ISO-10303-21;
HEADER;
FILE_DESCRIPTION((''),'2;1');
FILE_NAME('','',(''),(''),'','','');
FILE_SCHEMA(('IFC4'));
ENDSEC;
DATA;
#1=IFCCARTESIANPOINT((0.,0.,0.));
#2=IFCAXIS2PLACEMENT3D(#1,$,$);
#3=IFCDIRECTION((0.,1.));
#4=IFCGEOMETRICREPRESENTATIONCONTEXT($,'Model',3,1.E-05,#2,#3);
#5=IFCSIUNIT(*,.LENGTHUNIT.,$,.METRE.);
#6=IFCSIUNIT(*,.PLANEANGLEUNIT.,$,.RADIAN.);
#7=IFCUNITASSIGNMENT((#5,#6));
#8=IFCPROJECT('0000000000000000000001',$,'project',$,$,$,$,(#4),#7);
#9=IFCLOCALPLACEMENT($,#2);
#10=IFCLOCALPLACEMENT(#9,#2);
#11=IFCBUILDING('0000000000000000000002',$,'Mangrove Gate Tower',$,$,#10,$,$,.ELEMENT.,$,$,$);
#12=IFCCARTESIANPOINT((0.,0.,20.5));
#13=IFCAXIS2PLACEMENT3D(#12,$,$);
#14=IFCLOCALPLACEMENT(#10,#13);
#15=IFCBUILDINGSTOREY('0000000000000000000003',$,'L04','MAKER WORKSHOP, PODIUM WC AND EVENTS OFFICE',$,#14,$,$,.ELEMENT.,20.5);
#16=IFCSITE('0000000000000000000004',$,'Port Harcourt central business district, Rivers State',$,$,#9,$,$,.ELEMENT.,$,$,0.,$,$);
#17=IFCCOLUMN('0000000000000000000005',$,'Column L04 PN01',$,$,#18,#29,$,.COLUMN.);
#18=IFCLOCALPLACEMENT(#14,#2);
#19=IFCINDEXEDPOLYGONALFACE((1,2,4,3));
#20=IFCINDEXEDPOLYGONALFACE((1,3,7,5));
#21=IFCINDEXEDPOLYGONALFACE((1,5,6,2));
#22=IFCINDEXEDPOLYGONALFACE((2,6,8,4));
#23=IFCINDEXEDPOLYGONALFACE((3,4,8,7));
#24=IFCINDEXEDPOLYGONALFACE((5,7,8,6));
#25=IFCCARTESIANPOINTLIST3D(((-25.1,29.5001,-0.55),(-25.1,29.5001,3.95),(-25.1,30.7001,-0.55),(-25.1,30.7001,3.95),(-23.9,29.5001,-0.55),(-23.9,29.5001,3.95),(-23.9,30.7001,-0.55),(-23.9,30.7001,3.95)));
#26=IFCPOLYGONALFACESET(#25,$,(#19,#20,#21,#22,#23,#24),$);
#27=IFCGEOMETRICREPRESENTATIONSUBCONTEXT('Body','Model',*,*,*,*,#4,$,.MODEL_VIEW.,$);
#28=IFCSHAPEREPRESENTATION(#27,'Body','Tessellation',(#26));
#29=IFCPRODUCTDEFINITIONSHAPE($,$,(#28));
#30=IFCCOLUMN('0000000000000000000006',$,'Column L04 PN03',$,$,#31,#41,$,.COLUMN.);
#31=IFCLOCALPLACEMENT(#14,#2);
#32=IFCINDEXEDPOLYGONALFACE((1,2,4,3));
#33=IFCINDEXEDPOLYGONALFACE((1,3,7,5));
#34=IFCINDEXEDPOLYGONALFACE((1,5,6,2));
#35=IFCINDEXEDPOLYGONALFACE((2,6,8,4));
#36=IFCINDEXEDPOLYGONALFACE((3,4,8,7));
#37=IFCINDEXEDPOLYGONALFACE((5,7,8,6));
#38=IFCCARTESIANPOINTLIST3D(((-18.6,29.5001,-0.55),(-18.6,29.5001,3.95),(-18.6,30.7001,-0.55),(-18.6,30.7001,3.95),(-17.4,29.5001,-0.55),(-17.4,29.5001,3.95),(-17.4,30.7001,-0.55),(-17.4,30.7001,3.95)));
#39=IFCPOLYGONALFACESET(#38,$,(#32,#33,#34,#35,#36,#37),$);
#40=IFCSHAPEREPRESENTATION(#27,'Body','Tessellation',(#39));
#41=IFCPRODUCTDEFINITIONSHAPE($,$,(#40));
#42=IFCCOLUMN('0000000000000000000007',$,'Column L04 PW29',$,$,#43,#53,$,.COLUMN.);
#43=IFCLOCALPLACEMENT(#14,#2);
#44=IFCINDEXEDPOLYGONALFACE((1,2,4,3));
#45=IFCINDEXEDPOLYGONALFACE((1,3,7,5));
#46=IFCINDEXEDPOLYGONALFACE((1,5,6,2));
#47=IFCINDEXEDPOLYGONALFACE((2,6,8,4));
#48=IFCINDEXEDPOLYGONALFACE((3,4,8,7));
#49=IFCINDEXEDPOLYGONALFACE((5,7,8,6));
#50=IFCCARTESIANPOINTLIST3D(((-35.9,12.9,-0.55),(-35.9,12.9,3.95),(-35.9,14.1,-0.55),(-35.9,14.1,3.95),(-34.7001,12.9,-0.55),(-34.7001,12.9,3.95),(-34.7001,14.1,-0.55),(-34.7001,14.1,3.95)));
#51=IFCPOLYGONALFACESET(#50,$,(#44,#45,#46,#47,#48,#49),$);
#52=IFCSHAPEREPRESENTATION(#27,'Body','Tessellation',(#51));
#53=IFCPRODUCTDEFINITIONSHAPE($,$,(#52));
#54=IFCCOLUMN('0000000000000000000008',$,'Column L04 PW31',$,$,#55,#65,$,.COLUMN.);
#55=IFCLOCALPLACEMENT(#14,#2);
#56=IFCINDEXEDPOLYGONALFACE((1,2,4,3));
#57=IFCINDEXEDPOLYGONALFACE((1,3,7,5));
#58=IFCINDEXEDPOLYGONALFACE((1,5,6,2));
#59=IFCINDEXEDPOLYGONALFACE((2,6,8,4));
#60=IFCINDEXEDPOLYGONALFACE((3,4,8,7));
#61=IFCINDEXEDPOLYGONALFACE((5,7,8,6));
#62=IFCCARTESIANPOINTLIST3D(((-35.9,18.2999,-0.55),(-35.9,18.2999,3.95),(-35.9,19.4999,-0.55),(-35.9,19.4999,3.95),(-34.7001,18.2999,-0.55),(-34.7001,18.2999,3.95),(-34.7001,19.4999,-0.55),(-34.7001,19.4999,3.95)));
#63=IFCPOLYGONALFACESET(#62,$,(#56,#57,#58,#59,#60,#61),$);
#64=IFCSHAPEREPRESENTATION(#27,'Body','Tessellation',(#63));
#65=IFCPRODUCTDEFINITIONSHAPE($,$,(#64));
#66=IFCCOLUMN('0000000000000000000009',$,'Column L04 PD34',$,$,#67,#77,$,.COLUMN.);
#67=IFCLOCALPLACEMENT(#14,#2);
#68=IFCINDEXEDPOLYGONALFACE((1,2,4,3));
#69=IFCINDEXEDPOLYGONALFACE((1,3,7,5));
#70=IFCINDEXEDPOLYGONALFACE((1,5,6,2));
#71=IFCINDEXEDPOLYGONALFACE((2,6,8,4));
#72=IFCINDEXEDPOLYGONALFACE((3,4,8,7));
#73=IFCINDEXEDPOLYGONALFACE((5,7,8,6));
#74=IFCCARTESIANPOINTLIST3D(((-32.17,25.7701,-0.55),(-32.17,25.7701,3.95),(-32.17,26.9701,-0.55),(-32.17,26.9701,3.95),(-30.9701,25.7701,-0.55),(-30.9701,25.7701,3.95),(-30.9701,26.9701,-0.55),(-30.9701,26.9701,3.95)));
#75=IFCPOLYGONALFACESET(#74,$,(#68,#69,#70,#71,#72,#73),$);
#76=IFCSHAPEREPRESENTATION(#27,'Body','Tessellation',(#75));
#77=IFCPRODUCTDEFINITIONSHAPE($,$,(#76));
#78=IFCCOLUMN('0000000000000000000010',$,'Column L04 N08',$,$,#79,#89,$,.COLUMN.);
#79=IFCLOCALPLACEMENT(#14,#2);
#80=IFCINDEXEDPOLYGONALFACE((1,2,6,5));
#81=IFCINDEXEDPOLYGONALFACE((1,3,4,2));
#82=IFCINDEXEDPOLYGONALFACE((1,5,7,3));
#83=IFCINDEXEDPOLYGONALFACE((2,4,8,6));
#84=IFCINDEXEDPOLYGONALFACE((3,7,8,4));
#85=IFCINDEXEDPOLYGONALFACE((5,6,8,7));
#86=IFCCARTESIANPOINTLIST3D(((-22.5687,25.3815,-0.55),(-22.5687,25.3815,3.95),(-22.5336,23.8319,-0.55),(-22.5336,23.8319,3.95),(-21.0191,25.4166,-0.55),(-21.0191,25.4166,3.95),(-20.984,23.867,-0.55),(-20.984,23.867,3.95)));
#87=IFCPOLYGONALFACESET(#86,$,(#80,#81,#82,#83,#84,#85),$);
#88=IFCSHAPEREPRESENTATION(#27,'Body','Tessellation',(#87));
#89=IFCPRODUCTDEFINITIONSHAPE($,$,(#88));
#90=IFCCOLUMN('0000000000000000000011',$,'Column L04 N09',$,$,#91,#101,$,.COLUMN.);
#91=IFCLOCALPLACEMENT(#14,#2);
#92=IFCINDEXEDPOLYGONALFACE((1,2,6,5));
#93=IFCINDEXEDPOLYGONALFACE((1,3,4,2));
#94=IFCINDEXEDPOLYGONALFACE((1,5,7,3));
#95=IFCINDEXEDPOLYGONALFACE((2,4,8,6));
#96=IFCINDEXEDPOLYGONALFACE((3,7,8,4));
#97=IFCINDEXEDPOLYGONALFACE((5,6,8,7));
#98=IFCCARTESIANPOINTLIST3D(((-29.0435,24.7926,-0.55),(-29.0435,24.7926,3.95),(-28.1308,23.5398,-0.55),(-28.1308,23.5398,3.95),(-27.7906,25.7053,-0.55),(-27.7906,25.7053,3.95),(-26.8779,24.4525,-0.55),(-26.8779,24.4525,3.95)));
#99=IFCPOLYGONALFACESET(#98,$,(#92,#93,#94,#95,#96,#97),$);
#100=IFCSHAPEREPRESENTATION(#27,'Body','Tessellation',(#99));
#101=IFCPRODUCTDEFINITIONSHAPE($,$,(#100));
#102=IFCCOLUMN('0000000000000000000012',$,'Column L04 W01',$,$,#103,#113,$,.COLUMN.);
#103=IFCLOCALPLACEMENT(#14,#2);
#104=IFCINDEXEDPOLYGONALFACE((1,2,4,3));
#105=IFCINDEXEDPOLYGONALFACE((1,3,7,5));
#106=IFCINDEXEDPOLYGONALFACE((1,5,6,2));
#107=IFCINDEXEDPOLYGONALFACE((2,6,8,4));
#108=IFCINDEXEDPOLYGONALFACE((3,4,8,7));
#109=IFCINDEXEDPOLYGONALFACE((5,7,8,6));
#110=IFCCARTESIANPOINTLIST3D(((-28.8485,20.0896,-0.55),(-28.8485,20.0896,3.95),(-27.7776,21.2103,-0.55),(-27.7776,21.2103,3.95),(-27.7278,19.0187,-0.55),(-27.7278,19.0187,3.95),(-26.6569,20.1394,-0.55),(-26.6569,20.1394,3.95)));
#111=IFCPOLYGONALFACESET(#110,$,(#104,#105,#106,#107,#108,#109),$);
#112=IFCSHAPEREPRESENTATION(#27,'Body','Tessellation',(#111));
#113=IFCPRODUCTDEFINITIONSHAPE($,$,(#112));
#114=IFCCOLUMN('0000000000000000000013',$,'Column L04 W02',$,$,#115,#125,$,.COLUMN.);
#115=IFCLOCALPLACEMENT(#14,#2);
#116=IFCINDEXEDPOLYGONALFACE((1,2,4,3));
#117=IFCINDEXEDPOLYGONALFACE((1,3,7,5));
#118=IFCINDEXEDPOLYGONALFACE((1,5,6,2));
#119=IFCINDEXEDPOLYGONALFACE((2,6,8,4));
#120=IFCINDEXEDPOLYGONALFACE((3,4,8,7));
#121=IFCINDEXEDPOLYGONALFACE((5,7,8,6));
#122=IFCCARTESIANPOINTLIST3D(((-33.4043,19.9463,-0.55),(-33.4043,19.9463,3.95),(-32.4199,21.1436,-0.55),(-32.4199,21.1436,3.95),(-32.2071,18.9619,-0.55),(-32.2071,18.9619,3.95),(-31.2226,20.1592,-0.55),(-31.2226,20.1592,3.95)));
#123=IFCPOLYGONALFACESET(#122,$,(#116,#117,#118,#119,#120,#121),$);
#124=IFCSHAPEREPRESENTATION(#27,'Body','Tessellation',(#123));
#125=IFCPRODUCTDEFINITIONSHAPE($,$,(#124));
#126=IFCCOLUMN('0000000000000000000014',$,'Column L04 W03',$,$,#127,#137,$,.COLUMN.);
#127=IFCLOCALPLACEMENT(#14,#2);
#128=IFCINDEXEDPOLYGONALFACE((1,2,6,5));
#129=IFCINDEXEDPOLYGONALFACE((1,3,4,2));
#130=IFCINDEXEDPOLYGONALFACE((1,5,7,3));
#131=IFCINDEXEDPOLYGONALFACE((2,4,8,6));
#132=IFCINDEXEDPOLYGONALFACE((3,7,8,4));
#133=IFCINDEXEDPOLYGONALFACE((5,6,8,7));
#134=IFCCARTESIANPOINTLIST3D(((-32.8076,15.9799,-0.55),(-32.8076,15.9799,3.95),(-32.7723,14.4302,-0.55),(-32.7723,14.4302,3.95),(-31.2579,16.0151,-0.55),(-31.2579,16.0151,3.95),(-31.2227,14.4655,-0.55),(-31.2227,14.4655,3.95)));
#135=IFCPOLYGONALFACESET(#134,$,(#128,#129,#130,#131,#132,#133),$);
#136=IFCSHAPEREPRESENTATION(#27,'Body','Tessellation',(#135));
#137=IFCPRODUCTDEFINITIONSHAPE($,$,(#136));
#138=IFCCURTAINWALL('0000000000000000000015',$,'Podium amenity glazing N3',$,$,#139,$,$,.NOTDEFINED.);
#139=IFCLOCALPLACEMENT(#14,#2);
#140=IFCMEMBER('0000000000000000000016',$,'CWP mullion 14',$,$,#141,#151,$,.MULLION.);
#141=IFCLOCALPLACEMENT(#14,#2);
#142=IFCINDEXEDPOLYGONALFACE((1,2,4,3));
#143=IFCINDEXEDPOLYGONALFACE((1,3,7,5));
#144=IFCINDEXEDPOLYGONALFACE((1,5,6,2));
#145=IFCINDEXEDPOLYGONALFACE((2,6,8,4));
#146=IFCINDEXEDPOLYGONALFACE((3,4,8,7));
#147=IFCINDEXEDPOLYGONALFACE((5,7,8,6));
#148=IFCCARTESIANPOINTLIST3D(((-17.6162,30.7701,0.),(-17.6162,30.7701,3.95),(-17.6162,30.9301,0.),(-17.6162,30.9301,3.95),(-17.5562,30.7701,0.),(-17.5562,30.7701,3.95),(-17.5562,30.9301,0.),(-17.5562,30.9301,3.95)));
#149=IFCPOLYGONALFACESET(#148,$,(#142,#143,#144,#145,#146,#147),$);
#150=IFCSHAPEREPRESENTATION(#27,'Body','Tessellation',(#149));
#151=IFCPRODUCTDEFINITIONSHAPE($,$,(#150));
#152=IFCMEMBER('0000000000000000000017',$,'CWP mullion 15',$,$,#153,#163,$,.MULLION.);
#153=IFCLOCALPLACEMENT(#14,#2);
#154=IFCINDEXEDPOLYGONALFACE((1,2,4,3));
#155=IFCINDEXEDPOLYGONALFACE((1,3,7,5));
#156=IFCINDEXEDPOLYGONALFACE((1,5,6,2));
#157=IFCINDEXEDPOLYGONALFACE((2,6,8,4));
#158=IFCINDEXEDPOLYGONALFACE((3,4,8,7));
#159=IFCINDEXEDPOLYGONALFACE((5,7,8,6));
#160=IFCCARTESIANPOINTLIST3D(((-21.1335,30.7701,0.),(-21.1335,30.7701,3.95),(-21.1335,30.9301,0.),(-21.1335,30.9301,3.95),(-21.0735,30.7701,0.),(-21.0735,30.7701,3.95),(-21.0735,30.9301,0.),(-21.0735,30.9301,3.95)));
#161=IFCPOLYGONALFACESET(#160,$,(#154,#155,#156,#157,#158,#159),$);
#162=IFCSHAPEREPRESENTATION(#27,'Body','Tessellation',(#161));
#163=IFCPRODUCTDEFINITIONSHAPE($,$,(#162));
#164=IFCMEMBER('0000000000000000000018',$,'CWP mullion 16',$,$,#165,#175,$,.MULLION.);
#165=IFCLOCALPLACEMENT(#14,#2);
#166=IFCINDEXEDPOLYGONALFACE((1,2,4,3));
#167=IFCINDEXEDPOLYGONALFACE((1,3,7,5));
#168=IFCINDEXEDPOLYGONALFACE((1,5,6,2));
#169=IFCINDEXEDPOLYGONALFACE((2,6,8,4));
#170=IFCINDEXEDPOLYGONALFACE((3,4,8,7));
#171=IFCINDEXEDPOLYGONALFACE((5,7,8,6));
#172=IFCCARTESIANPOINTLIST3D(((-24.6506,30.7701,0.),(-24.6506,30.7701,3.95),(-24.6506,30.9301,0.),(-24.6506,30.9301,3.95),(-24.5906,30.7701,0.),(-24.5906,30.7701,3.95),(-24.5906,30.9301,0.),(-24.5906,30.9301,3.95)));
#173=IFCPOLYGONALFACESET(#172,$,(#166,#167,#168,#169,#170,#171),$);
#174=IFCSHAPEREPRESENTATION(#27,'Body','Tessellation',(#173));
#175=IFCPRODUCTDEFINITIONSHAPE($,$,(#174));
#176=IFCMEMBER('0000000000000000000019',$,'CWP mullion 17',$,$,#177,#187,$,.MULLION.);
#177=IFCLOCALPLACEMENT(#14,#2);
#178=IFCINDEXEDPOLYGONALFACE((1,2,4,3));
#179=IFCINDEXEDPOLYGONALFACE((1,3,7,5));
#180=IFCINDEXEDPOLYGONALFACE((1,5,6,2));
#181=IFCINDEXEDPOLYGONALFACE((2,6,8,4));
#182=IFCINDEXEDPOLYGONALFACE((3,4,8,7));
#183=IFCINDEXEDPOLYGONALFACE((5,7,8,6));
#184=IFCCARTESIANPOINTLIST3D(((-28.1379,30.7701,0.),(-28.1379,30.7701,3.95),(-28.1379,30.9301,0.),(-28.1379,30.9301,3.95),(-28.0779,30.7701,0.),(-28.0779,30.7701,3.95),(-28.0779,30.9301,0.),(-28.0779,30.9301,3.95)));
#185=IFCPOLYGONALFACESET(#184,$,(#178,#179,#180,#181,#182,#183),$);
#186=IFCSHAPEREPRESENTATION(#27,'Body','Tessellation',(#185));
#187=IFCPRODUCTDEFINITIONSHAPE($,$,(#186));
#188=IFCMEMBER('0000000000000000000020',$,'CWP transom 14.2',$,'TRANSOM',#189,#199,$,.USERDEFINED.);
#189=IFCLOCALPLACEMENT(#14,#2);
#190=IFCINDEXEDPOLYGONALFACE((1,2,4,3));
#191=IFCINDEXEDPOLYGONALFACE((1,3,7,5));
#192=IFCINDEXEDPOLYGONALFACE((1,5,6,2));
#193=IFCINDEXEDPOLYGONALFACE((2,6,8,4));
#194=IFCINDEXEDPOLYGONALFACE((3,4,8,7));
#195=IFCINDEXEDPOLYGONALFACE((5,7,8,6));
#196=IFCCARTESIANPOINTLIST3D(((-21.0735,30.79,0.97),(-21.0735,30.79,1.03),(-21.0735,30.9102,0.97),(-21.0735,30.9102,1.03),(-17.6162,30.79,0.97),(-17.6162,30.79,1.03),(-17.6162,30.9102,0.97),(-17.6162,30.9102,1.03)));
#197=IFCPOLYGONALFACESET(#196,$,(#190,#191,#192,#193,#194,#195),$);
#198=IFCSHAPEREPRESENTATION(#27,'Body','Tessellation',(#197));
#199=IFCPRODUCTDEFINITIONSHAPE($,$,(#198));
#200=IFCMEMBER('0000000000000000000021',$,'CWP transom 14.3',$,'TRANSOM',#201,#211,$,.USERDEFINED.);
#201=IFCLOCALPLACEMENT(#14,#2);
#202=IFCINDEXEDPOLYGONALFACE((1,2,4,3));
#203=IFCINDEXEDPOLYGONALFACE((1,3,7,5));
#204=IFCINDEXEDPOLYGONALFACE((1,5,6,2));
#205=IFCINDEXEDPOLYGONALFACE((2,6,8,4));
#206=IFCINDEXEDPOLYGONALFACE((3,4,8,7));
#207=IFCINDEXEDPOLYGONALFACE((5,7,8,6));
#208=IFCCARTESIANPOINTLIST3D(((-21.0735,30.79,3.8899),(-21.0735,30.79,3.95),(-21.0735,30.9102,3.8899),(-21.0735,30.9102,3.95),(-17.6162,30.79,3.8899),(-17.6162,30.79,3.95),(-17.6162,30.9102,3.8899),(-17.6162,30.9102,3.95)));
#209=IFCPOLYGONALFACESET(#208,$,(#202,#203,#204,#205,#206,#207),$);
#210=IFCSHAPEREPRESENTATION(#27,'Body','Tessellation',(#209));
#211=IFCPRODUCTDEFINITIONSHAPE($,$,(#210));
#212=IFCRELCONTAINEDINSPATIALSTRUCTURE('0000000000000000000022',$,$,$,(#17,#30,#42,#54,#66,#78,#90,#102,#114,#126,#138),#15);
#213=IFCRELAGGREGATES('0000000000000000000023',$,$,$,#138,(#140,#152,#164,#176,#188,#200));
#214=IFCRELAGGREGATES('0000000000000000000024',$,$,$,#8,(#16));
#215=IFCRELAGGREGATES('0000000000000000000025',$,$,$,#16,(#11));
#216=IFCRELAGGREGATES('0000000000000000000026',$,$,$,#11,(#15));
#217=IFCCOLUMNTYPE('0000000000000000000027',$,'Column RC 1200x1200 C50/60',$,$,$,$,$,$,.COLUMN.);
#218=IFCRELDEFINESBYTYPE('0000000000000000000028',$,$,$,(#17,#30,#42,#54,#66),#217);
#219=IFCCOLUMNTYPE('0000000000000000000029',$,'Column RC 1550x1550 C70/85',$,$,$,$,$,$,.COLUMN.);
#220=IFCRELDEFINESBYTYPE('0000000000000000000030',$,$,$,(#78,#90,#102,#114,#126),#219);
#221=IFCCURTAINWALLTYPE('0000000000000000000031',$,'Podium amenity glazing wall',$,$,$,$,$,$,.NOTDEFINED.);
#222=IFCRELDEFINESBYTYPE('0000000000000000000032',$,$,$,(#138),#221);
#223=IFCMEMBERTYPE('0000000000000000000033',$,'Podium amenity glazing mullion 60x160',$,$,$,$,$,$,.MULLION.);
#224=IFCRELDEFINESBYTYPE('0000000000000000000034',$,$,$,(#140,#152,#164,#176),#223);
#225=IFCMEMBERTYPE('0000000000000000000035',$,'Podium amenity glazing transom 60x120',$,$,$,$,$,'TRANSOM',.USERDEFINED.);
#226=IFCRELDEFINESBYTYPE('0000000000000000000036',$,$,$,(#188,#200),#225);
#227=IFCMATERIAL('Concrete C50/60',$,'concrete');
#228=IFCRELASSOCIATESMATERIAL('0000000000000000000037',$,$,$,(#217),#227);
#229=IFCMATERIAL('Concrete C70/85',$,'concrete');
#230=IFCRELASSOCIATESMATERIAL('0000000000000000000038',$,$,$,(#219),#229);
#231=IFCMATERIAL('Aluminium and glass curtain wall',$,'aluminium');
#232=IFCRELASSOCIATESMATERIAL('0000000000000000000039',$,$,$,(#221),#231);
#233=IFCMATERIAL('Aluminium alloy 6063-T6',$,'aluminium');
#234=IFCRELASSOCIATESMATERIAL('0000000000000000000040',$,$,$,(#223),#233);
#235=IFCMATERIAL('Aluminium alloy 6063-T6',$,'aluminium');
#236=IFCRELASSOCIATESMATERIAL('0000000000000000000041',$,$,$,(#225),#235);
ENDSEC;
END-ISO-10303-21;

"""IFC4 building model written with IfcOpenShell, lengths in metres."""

from ifc_helpers import new_model, si_unit, direction, frame, origin, origin_2d, place, context, subcontext, project, spatial, rectangle, extrude, material, material_profile, profile_set, type_object, element, aggregate, save


model = new_model("IFC4")

# Units and contexts
model_context = context("Model", 3, precision=1e-05, world=origin(), true_north=direction((0.0, 1.0)))
body_context = subcontext(model_context, "Body", "Model", "MODEL_VIEW")
ifc_project = project(units=[si_unit("LENGTHUNIT", "METRE"), si_unit("PLANEANGLEUNIT", "RADIAN")], contexts=[model_context])

# Site, building, storey
site_placement = place(None, origin())
site = spatial("IfcSite", under=ifc_project, at=site_placement, Name="Port Harcourt central business district, Rivers State", CompositionType="ELEMENT", RefElevation=0.0)
building_placement = place(site_placement, origin())
building = spatial("IfcBuilding", under=site, at=building_placement, Name="Mangrove Gate Tower", CompositionType="ELEMENT")
storey_placement = place(building_placement, frame((0.0, 0.0, 20.5)))
storey = spatial("IfcBuildingStorey", under=building, at=storey_placement, Name="L04", Description="MAKER WORKSHOP, PODIUM WC AND EVENTS OFFICE", CompositionType="ELEMENT", Elevation=20.5)

# Columns
ifc_material_1 = material(Name="Concrete C50/60", Category="concrete")
ifc_material_profile_1 = material_profile(ifc_material_1, rectangle(XDim=1.2, YDim=1.2, at=origin_2d()))
ifc_profile_set_1 = profile_set([ifc_material_profile_1], Name="Concrete C50/60")
column_type_1 = type_object("IfcColumnType", Name="Column RC 1200x1200 C50/60", PredefinedType="COLUMN", material=ifc_profile_set_1)
for number, where, z_axis, x_axis, name in (
    (1, (-24.5, 30.1001, -0.55), (0.0, 0.0, 1.0), (1.0, 0.0, 0.0), "Column L04 PN01"),
    (2, (-18.0, 30.1001, -0.55), (0.0, 0.0, 1.0), (1.0, 0.0, 0.0), "Column L04 PN03"),
    (3, (-35.3, 13.5, -0.55), (0.0, 0.0, 1.0), (1.0, 0.0, 0.0), "Column L04 PW29"),
    (4, (-35.3, 18.8999, -0.55), (0.0, 0.0, 1.0), (1.0, 0.0, 0.0), "Column L04 PW31"),
    (5, (-31.5701, 26.3701, -0.55), (0.0, 0.0, 1.0), (1.0, 0.0, 0.0), "Column L04 PD34"),
):
    element("IfcColumn", number, at=place(storey_placement, frame(where, z_axis=z_axis, x_axis=x_axis)), inside=storey, type_object=column_type_1, Name=name, PredefinedType="COLUMN", context=body_context, shape_type="SweptSolid", body=[
        extrude(rectangle(XDim=1.2, YDim=1.2, at=origin_2d()), origin(), (0.0, 0.0, 1.0), 4.5),
    ])
ifc_material_2 = material(Name="Concrete C70/85", Category="concrete")
ifc_material_profile_2 = material_profile(ifc_material_2, rectangle(XDim=1.55, YDim=1.55, at=origin_2d()))
ifc_profile_set_2 = profile_set([ifc_material_profile_2], Name="Concrete C70/85")
column_type_2 = type_object("IfcColumnType", Name="Column RC 1550x1550 C70/85", PredefinedType="COLUMN", material=ifc_profile_set_2)
for number, where, z_axis, x_axis, name in (
    (6, (-21.7764, 24.6243, -0.55), (0.0, 0.0, 1.0), (-0.999744, -0.022643, 0.0), "Column L04 N08"),
    (7, (-27.9607, 24.6226, -0.55), (0.0, 0.0, 1.0), (-0.808269, -0.588813, 0.0), "Column L04 N09"),
    (8, (-27.7527, 20.1145, -0.55), (0.0, 0.0, 1.0), (-0.690863, -0.722986, 0.0), "Column L04 W01"),
    (9, (-32.3135, 20.0527, -0.55), (0.0, 0.0, 1.0), (-0.635105, -0.772425, 0.0), "Column L04 W02"),
    (10, (-32.0151, 15.2227, -0.55), (0.0, 0.0, 1.0), (0.022747, -0.999741, 0.0), "Column L04 W03"),
):
    element("IfcColumn", number, at=place(storey_placement, frame(where, z_axis=z_axis, x_axis=x_axis)), inside=storey, type_object=column_type_2, Name=name, PredefinedType="COLUMN", context=body_context, shape_type="SweptSolid", body=[
        extrude(rectangle(XDim=1.55, YDim=1.55, at=origin_2d()), origin(), (0.0, 0.0, 1.0), 4.5),
    ])

# Curtain wall, members
ifc_material_3 = material(Name="Aluminium and glass curtain wall", Category="aluminium")
curtain_wall_type = type_object("IfcCurtainWallType", Name="Podium amenity glazing wall", PredefinedType="NOTDEFINED", material=ifc_material_3)
curtain_wall_placement = place(storey_placement, origin())
curtain_wall = element("IfcCurtainWall", 11, at=curtain_wall_placement, inside=storey, type_object=curtain_wall_type, Name="Podium amenity glazing N3", PredefinedType="NOTDEFINED")
ifc_material_4 = material(Name="Aluminium alloy 6063-T6", Category="aluminium")
ifc_material_profile_3 = material_profile(ifc_material_4, rectangle(XDim=0.0601, YDim=0.1599, at=origin_2d()))
ifc_profile_set_3 = profile_set([ifc_material_profile_3], Name="Aluminium alloy 6063-T6")
member_type_1 = type_object("IfcMemberType", Name="Podium amenity glazing mullion 60x160", PredefinedType="MULLION", material=ifc_profile_set_3)
member_1_placement = place(storey_placement, frame((-17.5862, 30.8501, 0.0), z_axis=(0.0, 0.0, 1.0), x_axis=(-1.0, 0.0, 0.0)))
member_1 = element("IfcMember", 12, at=member_1_placement, type_object=member_type_1, Name="CWP mullion 14", PredefinedType="MULLION", context=body_context, shape_type="SweptSolid", body=[
    extrude(rectangle(XDim=0.0601, YDim=0.1599, at=origin_2d()), origin(), (0.0, 0.0, 1.0), 3.95),
])
member_2_placement = place(storey_placement, frame((-21.1035, 30.8501, 0.0), z_axis=(0.0, 0.0, 1.0), x_axis=(-1.0, 0.0, 0.0)))
member_2 = element("IfcMember", 13, at=member_2_placement, type_object=member_type_1, Name="CWP mullion 15", PredefinedType="MULLION", context=body_context, shape_type="SweptSolid", body=[
    extrude(rectangle(XDim=0.0601, YDim=0.1599, at=origin_2d()), origin(), (0.0, 0.0, 1.0), 3.95),
])
member_3_placement = place(storey_placement, frame((-24.6206, 30.8501, 0.0), z_axis=(0.0, 0.0, 1.0), x_axis=(-1.0, 0.0, 0.0)))
member_3 = element("IfcMember", 14, at=member_3_placement, type_object=member_type_1, Name="CWP mullion 16", PredefinedType="MULLION", context=body_context, shape_type="SweptSolid", body=[
    extrude(rectangle(XDim=0.0601, YDim=0.1599, at=origin_2d()), origin(), (0.0, 0.0, 1.0), 3.95),
])
member_4_placement = place(storey_placement, frame((-28.1079, 30.8501, 0.0), z_axis=(0.0, 0.0, 1.0), x_axis=(-1.0, 0.0, 0.0)))
member_4 = element("IfcMember", 15, at=member_4_placement, type_object=member_type_1, Name="CWP mullion 17", PredefinedType="MULLION", context=body_context, shape_type="SweptSolid", body=[
    extrude(rectangle(XDim=0.0601, YDim=0.1599, at=origin_2d()), origin(), (0.0, 0.0, 1.0), 3.95),
])
ifc_material_5 = material(Name="Aluminium alloy 6063-T6", Category="aluminium")
ifc_material_profile_4 = material_profile(ifc_material_5, rectangle(XDim=0.0601, YDim=0.1201, at=origin_2d()))
ifc_profile_set_4 = profile_set([ifc_material_profile_4], Name="Aluminium alloy 6063-T6")
member_type_2 = type_object("IfcMemberType", Name="Podium amenity glazing transom 60x120", ElementType="TRANSOM", PredefinedType="USERDEFINED", material=ifc_profile_set_4)
member_5_placement = place(storey_placement, frame((-17.6162, 30.8501, 1.0), z_axis=(-1.0, 0.0, 0.0), x_axis=(0.0, 0.0, 1.0)))
member_5 = element("IfcMember", 16, at=member_5_placement, type_object=member_type_2, Name="CWP transom 14.2", ObjectType="TRANSOM", PredefinedType="USERDEFINED", context=body_context, shape_type="SweptSolid", body=[
    extrude(rectangle(XDim=0.0601, YDim=0.1201, at=origin_2d()), origin(), (0.0, 0.0, 1.0), 3.4573),
])
member_6_placement = place(storey_placement, frame((-17.6162, 30.8501, 3.9199), z_axis=(-1.0, 0.0, 0.0), x_axis=(0.0, 0.0, 1.0)))
member_6 = element("IfcMember", 17, at=member_6_placement, type_object=member_type_2, Name="CWP transom 14.3", ObjectType="TRANSOM", PredefinedType="USERDEFINED", context=body_context, shape_type="SweptSolid", body=[
    extrude(rectangle(XDim=0.0601, YDim=0.1201, at=origin_2d()), origin(), (0.0, 0.0, 1.0), 3.4573),
])
aggregate(curtain_wall, [member_1, member_2, member_3, member_4, member_5, member_6])

save(model, "model.ifc")
